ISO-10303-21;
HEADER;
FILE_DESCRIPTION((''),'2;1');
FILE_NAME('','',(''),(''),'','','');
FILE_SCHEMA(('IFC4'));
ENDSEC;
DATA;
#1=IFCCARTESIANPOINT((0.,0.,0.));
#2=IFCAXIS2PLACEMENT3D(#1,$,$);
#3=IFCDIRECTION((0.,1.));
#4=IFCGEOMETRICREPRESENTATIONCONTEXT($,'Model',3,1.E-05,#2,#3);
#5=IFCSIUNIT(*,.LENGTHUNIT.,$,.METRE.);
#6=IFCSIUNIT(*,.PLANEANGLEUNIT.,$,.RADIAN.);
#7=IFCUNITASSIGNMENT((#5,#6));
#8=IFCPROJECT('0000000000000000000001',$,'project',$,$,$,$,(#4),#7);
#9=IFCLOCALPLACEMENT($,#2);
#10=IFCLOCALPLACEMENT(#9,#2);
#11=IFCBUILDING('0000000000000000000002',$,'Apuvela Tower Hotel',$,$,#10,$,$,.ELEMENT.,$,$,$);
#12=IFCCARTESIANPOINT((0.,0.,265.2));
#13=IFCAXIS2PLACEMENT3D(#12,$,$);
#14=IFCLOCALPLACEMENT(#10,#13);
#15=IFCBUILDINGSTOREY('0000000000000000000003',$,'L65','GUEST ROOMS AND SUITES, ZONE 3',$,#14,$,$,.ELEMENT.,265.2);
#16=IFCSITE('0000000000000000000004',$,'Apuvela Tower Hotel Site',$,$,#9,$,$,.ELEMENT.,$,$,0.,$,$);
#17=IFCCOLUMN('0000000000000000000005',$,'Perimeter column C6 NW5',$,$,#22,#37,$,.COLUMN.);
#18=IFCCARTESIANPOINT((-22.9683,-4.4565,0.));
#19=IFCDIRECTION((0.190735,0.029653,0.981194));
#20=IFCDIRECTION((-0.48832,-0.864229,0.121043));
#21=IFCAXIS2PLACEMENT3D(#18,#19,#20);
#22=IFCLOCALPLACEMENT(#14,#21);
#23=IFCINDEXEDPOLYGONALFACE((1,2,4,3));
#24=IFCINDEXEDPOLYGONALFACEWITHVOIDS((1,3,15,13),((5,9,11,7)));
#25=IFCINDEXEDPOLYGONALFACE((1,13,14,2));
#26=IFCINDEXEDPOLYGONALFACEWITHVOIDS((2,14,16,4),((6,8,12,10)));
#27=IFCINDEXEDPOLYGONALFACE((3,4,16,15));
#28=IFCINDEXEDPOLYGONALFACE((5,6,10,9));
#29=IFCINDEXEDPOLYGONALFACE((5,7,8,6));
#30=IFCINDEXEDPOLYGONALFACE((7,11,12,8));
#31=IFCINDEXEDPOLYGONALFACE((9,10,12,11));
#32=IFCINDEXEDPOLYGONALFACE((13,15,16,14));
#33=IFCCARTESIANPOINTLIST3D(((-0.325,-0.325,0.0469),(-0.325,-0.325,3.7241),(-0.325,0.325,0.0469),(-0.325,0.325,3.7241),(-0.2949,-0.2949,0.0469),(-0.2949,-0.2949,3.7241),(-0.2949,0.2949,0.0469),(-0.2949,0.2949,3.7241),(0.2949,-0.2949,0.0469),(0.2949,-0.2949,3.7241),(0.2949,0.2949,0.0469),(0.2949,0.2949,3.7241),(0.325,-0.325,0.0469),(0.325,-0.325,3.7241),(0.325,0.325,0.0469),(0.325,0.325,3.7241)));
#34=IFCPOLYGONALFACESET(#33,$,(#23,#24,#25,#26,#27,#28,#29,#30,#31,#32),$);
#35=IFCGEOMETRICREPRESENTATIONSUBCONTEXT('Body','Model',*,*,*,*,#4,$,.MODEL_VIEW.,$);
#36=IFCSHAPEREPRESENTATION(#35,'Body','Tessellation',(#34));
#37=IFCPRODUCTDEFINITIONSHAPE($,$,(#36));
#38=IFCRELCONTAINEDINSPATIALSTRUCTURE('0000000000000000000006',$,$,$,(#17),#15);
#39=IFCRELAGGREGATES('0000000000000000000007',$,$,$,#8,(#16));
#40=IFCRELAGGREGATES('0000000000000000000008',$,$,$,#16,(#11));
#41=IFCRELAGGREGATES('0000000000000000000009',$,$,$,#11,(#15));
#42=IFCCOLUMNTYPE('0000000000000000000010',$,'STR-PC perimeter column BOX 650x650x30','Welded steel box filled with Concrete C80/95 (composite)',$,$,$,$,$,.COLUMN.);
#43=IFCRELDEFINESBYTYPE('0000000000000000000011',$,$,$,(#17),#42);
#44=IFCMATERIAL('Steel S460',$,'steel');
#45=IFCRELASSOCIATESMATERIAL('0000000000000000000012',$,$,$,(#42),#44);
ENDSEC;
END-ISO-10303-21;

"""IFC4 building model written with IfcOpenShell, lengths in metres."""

from ifc_helpers import new_model, si_unit, direction, frame, origin, origin_2d, place, context, subcontext, project, spatial, rectangle, hollow_rectangle, extrude, boolean, halfspace, material, material_profile, profile_set, type_object, element, save


model = new_model("IFC4")

# Units and contexts
model_context = context("Model", 3, precision=1e-05, world=origin(), true_north=direction((0.0, 1.0)))
body_context = subcontext(model_context, "Body", "Model", "MODEL_VIEW")
ifc_project = project(units=[si_unit("LENGTHUNIT", "METRE"), si_unit("PLANEANGLEUNIT", "RADIAN")], contexts=[model_context])

# Site, building, storey
site_placement = place(None, origin())
site = spatial("IfcSite", under=ifc_project, at=site_placement, Name="Apuvela Tower Hotel Site", CompositionType="ELEMENT", RefElevation=0.0)
building_placement = place(site_placement, origin())
building = spatial("IfcBuilding", under=site, at=building_placement, Name="Apuvela Tower Hotel", CompositionType="ELEMENT")
storey_placement = place(building_placement, frame((0.0, 0.0, 265.2)))
storey = spatial("IfcBuildingStorey", under=building, at=storey_placement, Name="L65", Description="GUEST ROOMS AND SUITES, ZONE 3", CompositionType="ELEMENT", Elevation=265.2)

# Column
ifc_material_1 = material(Name="Steel S460", Category="steel")
ifc_material_profile_1 = material_profile(ifc_material_1, hollow_rectangle(XDim=0.6499, YDim=0.6499, WallThickness=0.03, at=origin_2d()), Name="BOX 650x650x30")
ifc_material_2 = material(Name="Concrete C80/95", Category="concrete")
ifc_material_profile_2 = material_profile(ifc_material_2, rectangle(XDim=0.5901, YDim=0.5901, at=origin_2d()), Name="Concrete C80/95 infill")
ifc_profile_set_1 = profile_set([ifc_material_profile_1, ifc_material_profile_2], Name="Steel S460")
column_type = type_object("IfcColumnType", Name="STR-PC perimeter column BOX 650x650x30", Description="Welded steel box filled with Concrete C80/95 (composite)", PredefinedType="COLUMN", material=ifc_profile_set_1)
column_placement = place(storey_placement, frame((-22.9683, -4.4565, 0.0), z_axis=(0.190735, 0.029653, 0.981194), x_axis=(-0.48832, -0.864229, 0.121043)))
element("IfcColumn", 1, at=column_placement, inside=storey, type_object=column_type, Name="Perimeter column C6 NW5", PredefinedType="COLUMN", context=body_context, shape_type="SweptSolid", body=[
    boolean("DIFFERENCE", boolean("DIFFERENCE", extrude(hollow_rectangle(XDim=0.6499, YDim=0.6499, WallThickness=0.03, at=origin_2d()), origin(), (0.0, 0.0, 1.0), 3.7708), halfspace(frame((0.0, 0.0, 0.0469), z_axis=(0.0, 0.0, 1.0), x_axis=(1.0, 0.0, 0.0)), True)), halfspace(frame((0.0, 0.0, 3.7241), z_axis=(0.0, 0.0, 1.0), x_axis=(1.0, 0.0, 0.0)), False)),
])

save(model, "model.ifc")
